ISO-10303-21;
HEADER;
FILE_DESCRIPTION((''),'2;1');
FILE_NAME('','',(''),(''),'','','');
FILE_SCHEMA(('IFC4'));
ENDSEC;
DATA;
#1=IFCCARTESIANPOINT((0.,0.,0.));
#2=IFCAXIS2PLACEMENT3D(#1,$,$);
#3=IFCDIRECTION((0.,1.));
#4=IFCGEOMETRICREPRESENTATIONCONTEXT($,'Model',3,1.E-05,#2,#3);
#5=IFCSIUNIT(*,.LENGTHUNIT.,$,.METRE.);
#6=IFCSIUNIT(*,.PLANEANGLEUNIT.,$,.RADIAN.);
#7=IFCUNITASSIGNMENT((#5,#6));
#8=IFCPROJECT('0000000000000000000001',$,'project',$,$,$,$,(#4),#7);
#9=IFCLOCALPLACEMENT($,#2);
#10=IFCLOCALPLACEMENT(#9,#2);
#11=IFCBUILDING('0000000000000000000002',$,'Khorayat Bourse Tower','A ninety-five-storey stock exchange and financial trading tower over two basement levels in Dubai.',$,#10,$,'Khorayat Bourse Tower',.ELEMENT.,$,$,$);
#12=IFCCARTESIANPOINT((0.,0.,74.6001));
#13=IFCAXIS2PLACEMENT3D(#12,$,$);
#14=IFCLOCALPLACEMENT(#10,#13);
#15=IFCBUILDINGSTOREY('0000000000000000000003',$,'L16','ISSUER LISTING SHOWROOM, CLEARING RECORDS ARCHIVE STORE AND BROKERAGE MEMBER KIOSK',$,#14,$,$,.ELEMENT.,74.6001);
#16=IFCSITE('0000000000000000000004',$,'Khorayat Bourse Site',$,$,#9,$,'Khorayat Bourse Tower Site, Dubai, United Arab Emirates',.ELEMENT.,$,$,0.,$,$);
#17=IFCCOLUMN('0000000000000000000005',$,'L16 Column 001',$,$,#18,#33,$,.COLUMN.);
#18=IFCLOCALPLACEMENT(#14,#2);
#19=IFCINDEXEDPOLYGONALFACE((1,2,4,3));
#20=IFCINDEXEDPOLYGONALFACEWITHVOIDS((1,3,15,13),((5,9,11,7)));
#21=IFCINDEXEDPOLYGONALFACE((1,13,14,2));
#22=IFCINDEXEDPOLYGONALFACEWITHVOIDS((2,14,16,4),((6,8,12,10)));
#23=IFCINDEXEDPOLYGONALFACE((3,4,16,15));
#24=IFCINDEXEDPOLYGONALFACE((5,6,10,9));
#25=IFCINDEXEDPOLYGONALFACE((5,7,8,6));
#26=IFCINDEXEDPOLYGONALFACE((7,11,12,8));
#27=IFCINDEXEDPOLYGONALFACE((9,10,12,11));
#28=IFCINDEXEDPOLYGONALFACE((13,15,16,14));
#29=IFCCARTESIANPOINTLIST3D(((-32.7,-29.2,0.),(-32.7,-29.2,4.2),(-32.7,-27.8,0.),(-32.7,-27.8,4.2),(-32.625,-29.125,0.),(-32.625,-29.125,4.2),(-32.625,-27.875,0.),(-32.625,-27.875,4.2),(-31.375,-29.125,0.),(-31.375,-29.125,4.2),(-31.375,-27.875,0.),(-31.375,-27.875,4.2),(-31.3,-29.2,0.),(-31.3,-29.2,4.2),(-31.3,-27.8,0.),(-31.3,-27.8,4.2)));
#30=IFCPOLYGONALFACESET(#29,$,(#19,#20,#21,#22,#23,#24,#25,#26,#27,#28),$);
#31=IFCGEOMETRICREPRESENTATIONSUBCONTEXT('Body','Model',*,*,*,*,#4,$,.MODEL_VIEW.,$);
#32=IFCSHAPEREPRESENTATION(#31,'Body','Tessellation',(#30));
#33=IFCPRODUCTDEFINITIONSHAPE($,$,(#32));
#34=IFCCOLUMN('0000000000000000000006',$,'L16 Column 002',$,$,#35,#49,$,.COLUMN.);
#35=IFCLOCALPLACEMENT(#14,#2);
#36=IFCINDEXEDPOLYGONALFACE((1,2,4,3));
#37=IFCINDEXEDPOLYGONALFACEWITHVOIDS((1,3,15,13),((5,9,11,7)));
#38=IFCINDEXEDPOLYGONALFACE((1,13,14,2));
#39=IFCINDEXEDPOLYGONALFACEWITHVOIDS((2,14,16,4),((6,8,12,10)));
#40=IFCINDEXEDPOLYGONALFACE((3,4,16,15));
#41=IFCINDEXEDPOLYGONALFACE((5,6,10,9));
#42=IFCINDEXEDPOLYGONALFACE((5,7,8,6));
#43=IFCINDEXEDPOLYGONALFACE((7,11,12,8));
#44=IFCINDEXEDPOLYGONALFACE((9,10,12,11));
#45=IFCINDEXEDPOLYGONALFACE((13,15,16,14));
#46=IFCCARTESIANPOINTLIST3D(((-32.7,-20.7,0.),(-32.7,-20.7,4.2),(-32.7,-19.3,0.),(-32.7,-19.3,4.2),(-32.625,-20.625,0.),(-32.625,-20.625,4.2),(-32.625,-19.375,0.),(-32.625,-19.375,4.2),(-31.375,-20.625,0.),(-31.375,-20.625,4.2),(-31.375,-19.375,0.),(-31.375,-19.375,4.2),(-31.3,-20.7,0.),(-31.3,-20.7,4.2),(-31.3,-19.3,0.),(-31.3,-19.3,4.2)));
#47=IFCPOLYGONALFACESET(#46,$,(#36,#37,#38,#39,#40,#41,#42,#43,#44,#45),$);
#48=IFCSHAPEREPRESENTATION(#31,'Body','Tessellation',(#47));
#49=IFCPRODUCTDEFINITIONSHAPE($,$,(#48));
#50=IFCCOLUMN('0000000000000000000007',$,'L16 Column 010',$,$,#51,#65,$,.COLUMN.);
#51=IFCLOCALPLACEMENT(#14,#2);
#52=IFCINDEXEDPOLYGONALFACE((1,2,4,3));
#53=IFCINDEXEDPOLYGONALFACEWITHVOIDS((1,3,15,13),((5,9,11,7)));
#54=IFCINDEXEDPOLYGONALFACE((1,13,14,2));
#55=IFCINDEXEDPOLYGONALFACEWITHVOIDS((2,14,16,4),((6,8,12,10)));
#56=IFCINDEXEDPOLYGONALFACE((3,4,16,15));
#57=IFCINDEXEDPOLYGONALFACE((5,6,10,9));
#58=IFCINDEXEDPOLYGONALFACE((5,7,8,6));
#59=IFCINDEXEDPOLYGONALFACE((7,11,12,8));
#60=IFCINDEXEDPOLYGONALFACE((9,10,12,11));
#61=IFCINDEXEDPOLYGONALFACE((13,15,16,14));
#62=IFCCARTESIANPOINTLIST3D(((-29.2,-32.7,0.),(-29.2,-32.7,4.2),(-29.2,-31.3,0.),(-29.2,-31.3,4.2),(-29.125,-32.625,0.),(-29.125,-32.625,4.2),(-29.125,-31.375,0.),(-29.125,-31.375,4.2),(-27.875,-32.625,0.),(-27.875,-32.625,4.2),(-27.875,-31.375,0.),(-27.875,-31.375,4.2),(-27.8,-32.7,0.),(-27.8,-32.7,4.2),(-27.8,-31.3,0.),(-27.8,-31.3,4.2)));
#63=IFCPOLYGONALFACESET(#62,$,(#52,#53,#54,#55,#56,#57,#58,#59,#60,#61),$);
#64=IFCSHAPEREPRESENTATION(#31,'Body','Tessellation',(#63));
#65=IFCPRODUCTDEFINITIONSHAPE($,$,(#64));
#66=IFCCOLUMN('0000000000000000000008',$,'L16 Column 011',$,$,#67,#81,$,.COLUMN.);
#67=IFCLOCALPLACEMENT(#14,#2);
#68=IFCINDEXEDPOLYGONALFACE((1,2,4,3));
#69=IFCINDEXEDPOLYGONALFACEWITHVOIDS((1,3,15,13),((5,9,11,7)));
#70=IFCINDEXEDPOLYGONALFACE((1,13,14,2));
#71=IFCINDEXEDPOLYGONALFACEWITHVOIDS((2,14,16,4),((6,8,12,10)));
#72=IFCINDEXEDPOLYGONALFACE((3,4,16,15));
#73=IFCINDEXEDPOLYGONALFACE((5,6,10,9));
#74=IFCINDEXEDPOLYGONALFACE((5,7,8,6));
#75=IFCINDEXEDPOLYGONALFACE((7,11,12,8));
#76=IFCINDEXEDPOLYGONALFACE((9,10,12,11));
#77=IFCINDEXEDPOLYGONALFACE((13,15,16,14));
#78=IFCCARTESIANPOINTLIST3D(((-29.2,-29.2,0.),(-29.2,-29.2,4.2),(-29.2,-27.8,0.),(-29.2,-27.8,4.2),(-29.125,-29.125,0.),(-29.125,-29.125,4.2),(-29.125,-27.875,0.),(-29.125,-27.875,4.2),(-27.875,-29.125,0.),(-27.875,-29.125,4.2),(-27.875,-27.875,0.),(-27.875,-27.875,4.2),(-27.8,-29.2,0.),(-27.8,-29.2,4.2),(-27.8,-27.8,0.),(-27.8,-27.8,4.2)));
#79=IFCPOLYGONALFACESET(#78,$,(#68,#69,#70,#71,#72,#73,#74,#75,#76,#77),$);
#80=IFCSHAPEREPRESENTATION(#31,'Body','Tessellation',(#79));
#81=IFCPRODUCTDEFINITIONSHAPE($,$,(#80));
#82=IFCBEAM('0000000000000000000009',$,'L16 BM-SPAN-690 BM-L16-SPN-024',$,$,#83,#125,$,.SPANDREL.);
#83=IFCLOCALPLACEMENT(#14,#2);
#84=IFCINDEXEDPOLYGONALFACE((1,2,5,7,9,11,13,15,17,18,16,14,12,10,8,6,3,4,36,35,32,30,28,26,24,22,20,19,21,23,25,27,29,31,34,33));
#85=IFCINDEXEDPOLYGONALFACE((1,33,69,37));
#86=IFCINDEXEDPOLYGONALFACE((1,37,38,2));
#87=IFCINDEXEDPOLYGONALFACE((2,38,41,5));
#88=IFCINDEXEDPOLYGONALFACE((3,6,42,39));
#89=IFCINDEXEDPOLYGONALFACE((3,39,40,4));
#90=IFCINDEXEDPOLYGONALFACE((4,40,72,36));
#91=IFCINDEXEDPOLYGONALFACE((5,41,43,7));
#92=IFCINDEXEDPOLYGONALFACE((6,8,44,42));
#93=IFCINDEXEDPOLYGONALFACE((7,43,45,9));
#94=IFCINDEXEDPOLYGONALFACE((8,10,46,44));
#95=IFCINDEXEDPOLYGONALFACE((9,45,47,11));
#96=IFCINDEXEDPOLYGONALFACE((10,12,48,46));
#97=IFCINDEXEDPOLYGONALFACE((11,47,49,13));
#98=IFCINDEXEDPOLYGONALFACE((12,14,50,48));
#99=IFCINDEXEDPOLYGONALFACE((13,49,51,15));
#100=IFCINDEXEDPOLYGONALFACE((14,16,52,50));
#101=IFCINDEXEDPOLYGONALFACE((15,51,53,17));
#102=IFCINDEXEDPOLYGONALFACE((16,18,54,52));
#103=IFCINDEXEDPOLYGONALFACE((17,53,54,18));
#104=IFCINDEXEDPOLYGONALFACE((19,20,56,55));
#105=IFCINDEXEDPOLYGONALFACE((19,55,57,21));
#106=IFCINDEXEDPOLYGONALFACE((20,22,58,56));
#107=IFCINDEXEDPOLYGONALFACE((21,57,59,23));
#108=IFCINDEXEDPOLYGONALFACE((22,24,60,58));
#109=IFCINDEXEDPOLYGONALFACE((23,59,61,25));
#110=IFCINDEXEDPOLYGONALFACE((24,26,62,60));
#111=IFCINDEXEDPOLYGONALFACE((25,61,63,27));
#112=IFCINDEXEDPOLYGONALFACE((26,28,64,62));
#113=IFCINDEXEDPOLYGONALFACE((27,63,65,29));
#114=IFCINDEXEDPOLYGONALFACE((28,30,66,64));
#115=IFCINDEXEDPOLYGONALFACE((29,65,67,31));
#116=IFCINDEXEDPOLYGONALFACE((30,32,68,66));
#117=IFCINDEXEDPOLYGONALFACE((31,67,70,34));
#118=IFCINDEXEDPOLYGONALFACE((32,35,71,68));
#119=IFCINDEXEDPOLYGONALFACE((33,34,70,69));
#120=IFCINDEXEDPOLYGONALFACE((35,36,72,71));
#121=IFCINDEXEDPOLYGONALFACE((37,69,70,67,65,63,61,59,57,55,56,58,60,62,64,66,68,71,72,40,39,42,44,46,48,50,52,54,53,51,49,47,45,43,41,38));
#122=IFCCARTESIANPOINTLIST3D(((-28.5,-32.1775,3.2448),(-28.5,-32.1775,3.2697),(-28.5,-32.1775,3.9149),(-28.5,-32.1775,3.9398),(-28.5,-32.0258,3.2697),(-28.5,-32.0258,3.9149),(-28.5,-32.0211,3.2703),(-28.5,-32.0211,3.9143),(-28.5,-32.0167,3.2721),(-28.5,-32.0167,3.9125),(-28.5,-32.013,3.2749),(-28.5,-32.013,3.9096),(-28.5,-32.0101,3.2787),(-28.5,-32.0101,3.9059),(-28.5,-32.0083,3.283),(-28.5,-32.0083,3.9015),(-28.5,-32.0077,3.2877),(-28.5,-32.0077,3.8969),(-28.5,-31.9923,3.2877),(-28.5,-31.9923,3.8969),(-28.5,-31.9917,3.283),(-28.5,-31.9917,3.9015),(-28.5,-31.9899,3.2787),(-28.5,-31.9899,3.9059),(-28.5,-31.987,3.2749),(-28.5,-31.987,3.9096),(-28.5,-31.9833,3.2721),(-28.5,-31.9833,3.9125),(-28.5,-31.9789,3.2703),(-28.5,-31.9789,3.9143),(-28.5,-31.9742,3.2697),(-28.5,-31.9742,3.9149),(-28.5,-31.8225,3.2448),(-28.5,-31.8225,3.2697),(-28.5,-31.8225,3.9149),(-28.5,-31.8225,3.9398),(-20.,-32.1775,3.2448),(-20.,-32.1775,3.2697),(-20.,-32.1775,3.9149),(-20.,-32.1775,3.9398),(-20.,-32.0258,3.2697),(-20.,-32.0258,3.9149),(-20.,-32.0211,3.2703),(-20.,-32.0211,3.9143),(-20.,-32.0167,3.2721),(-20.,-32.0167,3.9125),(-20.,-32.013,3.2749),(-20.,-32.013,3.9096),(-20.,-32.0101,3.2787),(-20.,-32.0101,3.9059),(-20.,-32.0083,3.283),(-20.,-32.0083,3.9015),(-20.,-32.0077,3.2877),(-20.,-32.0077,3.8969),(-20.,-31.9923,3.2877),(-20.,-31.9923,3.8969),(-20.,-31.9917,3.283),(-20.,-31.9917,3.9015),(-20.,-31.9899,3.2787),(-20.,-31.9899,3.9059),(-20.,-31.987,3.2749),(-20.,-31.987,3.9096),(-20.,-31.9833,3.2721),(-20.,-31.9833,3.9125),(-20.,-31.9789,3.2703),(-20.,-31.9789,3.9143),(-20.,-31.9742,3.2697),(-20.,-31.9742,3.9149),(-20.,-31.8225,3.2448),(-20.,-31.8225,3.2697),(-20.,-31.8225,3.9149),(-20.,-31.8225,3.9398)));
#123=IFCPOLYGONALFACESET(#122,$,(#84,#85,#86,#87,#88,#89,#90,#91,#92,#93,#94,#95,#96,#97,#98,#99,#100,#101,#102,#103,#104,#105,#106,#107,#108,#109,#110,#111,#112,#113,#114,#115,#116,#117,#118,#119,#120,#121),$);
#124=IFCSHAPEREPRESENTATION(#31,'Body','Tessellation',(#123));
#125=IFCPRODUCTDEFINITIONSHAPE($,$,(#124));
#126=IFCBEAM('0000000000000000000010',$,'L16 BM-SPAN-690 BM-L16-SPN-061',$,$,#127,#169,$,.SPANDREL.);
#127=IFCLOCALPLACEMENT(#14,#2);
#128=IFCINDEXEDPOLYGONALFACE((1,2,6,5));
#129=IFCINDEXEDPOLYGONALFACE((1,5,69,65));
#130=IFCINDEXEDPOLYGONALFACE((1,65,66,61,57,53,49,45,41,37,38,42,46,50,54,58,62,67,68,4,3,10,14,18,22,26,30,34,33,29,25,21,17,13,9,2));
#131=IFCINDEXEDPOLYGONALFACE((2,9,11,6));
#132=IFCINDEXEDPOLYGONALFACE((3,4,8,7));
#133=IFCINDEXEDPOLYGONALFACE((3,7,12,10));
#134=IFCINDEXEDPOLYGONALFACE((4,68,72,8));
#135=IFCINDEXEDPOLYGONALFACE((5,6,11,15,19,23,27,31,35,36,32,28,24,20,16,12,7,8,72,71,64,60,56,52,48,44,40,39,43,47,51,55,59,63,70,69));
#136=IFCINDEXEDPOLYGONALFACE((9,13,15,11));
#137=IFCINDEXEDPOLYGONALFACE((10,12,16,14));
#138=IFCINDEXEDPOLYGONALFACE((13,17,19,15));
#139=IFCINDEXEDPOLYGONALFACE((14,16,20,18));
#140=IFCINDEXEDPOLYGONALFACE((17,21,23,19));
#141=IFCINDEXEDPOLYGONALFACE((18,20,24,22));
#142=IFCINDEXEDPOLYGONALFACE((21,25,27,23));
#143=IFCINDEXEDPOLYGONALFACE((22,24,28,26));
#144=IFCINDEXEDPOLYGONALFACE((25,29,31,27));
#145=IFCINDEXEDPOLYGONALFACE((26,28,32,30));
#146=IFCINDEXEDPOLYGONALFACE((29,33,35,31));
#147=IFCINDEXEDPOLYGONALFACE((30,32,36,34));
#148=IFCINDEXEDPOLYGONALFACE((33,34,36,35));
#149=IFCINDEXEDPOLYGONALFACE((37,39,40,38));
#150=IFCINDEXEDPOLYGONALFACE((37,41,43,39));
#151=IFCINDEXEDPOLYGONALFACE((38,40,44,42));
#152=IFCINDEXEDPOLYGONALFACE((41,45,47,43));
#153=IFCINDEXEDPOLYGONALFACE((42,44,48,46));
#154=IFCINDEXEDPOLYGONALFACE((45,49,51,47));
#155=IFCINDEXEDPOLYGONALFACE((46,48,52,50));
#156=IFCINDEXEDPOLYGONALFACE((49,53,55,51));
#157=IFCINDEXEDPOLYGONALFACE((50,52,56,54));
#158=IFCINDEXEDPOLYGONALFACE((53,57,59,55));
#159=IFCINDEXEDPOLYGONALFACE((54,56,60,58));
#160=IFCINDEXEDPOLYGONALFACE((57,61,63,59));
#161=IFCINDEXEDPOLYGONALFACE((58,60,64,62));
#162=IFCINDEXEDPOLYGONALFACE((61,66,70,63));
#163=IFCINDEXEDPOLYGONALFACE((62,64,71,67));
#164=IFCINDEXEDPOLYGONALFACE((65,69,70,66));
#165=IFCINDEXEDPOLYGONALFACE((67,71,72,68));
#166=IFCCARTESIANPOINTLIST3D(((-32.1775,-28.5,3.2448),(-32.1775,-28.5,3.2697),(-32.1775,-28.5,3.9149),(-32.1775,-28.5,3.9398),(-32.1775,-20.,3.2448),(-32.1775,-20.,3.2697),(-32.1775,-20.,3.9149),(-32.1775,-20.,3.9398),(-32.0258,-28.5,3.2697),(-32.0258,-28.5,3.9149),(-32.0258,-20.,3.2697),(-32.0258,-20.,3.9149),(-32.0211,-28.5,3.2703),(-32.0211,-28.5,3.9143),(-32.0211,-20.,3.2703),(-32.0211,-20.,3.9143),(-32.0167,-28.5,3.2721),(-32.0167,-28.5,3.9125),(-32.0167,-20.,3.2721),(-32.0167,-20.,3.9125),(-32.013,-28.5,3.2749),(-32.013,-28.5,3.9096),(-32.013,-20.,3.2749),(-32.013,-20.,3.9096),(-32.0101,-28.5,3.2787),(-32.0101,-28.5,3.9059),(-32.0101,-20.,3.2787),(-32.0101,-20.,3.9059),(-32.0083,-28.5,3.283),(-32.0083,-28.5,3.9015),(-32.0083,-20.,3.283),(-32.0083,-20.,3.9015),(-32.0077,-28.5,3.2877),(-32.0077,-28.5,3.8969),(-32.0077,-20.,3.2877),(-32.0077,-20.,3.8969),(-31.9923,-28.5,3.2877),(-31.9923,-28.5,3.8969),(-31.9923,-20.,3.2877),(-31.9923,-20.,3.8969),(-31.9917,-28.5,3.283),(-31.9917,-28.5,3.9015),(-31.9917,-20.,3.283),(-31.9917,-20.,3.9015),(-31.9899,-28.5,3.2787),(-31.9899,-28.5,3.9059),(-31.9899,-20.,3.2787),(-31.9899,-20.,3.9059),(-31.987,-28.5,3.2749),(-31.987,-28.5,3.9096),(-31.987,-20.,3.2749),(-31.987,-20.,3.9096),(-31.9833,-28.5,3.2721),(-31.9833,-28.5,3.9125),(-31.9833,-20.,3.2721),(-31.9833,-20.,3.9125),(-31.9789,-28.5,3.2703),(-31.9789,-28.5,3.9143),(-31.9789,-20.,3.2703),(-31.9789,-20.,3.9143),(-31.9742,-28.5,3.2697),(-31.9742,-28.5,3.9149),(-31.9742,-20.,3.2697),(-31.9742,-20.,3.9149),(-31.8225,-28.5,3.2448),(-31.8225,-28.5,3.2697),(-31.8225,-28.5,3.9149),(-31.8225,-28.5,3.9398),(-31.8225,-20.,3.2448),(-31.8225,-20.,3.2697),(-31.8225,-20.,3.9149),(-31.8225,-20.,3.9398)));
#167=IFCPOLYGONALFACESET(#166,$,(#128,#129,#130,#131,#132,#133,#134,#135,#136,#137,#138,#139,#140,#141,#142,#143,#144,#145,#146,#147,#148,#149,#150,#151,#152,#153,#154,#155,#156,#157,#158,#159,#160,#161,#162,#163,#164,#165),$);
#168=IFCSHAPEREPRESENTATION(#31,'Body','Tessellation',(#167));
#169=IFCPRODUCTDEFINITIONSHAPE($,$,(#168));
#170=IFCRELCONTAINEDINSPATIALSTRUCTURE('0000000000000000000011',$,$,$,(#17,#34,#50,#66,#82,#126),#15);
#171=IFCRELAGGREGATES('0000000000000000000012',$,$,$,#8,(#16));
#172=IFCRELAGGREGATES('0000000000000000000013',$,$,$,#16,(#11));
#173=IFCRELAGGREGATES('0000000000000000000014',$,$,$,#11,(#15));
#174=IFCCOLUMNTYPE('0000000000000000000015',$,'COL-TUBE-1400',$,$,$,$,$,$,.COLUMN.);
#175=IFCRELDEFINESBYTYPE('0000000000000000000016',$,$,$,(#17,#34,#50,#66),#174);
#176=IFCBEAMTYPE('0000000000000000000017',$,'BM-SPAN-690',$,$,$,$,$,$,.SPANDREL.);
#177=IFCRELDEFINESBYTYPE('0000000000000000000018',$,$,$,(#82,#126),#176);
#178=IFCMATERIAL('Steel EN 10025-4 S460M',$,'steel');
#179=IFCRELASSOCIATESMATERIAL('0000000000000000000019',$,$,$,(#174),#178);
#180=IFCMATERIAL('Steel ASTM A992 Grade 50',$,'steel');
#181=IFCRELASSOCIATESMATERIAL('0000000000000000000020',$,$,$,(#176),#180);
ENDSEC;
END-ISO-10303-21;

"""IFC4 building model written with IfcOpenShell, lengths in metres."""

from ifc_helpers import new_model, si_unit, direction, frame, origin, origin_2d, place, context, subcontext, project, spatial, hollow_rectangle, i_section, extrude, source, transform, mapped, material, material_profile, profile_set, type_object, element, save


model = new_model("IFC4")

# Units and contexts
model_context = context("Model", 3, precision=1e-05, world=origin(), true_north=direction((0.0, 1.0)))
body_context = subcontext(model_context, "Body", "Model", "MODEL_VIEW")
ifc_project = project(units=[si_unit("LENGTHUNIT", "METRE"), si_unit("PLANEANGLEUNIT", "RADIAN")], contexts=[model_context])

# Site, building, storey
site_placement = place(None, origin())
site = spatial("IfcSite", under=ifc_project, at=site_placement, Name="Khorayat Bourse Site", LongName="Khorayat Bourse Tower Site, Dubai, United Arab Emirates", CompositionType="ELEMENT", RefElevation=0.0)
building_placement = place(site_placement, origin())
building = spatial("IfcBuilding", under=site, at=building_placement, Name="Khorayat Bourse Tower", Description="A ninety-five-storey stock exchange and financial trading tower over two basement levels in Dubai.", LongName="Khorayat Bourse Tower", CompositionType="ELEMENT")
storey_placement = place(building_placement, frame((0.0, 0.0, 74.6001)))
storey = spatial("IfcBuildingStorey", under=building, at=storey_placement, Name="L16", Description="ISSUER LISTING SHOWROOM, CLEARING RECORDS ARCHIVE STORE AND BROKERAGE MEMBER KIOSK", CompositionType="ELEMENT", Elevation=74.6001)

# Columns
ifc_material_1 = material(Name="Steel EN 10025-4 S460M", Category="steel")
ifc_material_profile_1 = material_profile(ifc_material_1, hollow_rectangle(XDim=1.3999, YDim=1.3999, WallThickness=0.075, at=origin_2d()), Name="BOX 1400x1400x75")
ifc_profile_set_1 = profile_set([ifc_material_profile_1], Name="Steel EN 10025-4 S460M")
column_type = type_object("IfcColumnType", Name="COL-TUBE-1400", PredefinedType="COLUMN", material=ifc_profile_set_1)
shared_shape_1 = source(origin(), body_context, "Body", "SweptSolid", [
    extrude(hollow_rectangle(XDim=1.3999, YDim=1.3999, WallThickness=0.075, at=origin_2d()), origin(), (0.0, 0.0, 1.0), 4.2),
])
for number, where, z_axis, x_axis, name in (
    (1, (-32.0, -28.5, 0.0), (0.0, 0.0, 1.0), (1.0, 0.0, 0.0), "L16 Column 001"),
    (2, (-32.0, -20.0, 0.0), (0.0, 0.0, 1.0), (1.0, 0.0, 0.0), "L16 Column 002"),
    (3, (-28.5, -32.0, 0.0), (0.0, 0.0, 1.0), (1.0, 0.0, 0.0), "L16 Column 010"),
    (4, (-28.5, -28.5, 0.0), (0.0, 0.0, 1.0), (1.0, 0.0, 0.0), "L16 Column 011"),
):
    element("IfcColumn", number, at=place(storey_placement, frame(where, z_axis=z_axis, x_axis=x_axis)), inside=storey, type_object=column_type, Name=name, PredefinedType="COLUMN", context=body_context, shape_type="MappedRepresentation", body=[
        mapped(shared_shape_1, transform((0.0, 0.0, 0.0), scale=1.0)),
    ])

# Beams
ifc_material_2 = material(Name="Steel ASTM A992 Grade 50", Category="steel")
ifc_material_profile_2 = material_profile(ifc_material_2, i_section(OverallWidth=0.355, OverallDepth=0.6951, WebThickness=0.0154, FlangeThickness=0.0249, FilletRadius=0.0181, at=origin_2d()), Name="W690X217")
ifc_profile_set_2 = profile_set([ifc_material_profile_2], Name="Steel ASTM A992 Grade 50")
beam_type_1 = type_object("IfcBeamType", Name="BM-SPAN-690", PredefinedType="SPANDREL", material=ifc_profile_set_2)
shared_shape_2 = source(origin(), body_context, "Body", "SweptSolid", [
    extrude(i_section(OverallWidth=0.355, OverallDepth=0.6951, WebThickness=0.0154, FlangeThickness=0.0249, FilletRadius=0.0181, at=origin_2d()), origin(), (0.0, 0.0, 1.0), 8.5),
])
for number, where, z_axis, x_axis, name in (
    (5, (-28.5, -32.0, 3.5923), (1.0, 0.0, 0.0), (0.0, 1.0, 0.0), "L16 BM-SPAN-690 BM-L16-SPN-024"),
    (6, (-32.0, -28.5, 3.5923), (0.0, 1.0, 0.0), (-1.0, 0.0, 0.0), "L16 BM-SPAN-690 BM-L16-SPN-061"),
):
    element("IfcBeam", number, at=place(storey_placement, frame(where, z_axis=z_axis, x_axis=x_axis)), inside=storey, type_object=beam_type_1, Name=name, PredefinedType="SPANDREL", context=body_context, shape_type="MappedRepresentation", body=[
        mapped(shared_shape_2, transform((0.0, 0.0, 0.0), scale=1.0)),
    ])

save(model, "model.ifc")
